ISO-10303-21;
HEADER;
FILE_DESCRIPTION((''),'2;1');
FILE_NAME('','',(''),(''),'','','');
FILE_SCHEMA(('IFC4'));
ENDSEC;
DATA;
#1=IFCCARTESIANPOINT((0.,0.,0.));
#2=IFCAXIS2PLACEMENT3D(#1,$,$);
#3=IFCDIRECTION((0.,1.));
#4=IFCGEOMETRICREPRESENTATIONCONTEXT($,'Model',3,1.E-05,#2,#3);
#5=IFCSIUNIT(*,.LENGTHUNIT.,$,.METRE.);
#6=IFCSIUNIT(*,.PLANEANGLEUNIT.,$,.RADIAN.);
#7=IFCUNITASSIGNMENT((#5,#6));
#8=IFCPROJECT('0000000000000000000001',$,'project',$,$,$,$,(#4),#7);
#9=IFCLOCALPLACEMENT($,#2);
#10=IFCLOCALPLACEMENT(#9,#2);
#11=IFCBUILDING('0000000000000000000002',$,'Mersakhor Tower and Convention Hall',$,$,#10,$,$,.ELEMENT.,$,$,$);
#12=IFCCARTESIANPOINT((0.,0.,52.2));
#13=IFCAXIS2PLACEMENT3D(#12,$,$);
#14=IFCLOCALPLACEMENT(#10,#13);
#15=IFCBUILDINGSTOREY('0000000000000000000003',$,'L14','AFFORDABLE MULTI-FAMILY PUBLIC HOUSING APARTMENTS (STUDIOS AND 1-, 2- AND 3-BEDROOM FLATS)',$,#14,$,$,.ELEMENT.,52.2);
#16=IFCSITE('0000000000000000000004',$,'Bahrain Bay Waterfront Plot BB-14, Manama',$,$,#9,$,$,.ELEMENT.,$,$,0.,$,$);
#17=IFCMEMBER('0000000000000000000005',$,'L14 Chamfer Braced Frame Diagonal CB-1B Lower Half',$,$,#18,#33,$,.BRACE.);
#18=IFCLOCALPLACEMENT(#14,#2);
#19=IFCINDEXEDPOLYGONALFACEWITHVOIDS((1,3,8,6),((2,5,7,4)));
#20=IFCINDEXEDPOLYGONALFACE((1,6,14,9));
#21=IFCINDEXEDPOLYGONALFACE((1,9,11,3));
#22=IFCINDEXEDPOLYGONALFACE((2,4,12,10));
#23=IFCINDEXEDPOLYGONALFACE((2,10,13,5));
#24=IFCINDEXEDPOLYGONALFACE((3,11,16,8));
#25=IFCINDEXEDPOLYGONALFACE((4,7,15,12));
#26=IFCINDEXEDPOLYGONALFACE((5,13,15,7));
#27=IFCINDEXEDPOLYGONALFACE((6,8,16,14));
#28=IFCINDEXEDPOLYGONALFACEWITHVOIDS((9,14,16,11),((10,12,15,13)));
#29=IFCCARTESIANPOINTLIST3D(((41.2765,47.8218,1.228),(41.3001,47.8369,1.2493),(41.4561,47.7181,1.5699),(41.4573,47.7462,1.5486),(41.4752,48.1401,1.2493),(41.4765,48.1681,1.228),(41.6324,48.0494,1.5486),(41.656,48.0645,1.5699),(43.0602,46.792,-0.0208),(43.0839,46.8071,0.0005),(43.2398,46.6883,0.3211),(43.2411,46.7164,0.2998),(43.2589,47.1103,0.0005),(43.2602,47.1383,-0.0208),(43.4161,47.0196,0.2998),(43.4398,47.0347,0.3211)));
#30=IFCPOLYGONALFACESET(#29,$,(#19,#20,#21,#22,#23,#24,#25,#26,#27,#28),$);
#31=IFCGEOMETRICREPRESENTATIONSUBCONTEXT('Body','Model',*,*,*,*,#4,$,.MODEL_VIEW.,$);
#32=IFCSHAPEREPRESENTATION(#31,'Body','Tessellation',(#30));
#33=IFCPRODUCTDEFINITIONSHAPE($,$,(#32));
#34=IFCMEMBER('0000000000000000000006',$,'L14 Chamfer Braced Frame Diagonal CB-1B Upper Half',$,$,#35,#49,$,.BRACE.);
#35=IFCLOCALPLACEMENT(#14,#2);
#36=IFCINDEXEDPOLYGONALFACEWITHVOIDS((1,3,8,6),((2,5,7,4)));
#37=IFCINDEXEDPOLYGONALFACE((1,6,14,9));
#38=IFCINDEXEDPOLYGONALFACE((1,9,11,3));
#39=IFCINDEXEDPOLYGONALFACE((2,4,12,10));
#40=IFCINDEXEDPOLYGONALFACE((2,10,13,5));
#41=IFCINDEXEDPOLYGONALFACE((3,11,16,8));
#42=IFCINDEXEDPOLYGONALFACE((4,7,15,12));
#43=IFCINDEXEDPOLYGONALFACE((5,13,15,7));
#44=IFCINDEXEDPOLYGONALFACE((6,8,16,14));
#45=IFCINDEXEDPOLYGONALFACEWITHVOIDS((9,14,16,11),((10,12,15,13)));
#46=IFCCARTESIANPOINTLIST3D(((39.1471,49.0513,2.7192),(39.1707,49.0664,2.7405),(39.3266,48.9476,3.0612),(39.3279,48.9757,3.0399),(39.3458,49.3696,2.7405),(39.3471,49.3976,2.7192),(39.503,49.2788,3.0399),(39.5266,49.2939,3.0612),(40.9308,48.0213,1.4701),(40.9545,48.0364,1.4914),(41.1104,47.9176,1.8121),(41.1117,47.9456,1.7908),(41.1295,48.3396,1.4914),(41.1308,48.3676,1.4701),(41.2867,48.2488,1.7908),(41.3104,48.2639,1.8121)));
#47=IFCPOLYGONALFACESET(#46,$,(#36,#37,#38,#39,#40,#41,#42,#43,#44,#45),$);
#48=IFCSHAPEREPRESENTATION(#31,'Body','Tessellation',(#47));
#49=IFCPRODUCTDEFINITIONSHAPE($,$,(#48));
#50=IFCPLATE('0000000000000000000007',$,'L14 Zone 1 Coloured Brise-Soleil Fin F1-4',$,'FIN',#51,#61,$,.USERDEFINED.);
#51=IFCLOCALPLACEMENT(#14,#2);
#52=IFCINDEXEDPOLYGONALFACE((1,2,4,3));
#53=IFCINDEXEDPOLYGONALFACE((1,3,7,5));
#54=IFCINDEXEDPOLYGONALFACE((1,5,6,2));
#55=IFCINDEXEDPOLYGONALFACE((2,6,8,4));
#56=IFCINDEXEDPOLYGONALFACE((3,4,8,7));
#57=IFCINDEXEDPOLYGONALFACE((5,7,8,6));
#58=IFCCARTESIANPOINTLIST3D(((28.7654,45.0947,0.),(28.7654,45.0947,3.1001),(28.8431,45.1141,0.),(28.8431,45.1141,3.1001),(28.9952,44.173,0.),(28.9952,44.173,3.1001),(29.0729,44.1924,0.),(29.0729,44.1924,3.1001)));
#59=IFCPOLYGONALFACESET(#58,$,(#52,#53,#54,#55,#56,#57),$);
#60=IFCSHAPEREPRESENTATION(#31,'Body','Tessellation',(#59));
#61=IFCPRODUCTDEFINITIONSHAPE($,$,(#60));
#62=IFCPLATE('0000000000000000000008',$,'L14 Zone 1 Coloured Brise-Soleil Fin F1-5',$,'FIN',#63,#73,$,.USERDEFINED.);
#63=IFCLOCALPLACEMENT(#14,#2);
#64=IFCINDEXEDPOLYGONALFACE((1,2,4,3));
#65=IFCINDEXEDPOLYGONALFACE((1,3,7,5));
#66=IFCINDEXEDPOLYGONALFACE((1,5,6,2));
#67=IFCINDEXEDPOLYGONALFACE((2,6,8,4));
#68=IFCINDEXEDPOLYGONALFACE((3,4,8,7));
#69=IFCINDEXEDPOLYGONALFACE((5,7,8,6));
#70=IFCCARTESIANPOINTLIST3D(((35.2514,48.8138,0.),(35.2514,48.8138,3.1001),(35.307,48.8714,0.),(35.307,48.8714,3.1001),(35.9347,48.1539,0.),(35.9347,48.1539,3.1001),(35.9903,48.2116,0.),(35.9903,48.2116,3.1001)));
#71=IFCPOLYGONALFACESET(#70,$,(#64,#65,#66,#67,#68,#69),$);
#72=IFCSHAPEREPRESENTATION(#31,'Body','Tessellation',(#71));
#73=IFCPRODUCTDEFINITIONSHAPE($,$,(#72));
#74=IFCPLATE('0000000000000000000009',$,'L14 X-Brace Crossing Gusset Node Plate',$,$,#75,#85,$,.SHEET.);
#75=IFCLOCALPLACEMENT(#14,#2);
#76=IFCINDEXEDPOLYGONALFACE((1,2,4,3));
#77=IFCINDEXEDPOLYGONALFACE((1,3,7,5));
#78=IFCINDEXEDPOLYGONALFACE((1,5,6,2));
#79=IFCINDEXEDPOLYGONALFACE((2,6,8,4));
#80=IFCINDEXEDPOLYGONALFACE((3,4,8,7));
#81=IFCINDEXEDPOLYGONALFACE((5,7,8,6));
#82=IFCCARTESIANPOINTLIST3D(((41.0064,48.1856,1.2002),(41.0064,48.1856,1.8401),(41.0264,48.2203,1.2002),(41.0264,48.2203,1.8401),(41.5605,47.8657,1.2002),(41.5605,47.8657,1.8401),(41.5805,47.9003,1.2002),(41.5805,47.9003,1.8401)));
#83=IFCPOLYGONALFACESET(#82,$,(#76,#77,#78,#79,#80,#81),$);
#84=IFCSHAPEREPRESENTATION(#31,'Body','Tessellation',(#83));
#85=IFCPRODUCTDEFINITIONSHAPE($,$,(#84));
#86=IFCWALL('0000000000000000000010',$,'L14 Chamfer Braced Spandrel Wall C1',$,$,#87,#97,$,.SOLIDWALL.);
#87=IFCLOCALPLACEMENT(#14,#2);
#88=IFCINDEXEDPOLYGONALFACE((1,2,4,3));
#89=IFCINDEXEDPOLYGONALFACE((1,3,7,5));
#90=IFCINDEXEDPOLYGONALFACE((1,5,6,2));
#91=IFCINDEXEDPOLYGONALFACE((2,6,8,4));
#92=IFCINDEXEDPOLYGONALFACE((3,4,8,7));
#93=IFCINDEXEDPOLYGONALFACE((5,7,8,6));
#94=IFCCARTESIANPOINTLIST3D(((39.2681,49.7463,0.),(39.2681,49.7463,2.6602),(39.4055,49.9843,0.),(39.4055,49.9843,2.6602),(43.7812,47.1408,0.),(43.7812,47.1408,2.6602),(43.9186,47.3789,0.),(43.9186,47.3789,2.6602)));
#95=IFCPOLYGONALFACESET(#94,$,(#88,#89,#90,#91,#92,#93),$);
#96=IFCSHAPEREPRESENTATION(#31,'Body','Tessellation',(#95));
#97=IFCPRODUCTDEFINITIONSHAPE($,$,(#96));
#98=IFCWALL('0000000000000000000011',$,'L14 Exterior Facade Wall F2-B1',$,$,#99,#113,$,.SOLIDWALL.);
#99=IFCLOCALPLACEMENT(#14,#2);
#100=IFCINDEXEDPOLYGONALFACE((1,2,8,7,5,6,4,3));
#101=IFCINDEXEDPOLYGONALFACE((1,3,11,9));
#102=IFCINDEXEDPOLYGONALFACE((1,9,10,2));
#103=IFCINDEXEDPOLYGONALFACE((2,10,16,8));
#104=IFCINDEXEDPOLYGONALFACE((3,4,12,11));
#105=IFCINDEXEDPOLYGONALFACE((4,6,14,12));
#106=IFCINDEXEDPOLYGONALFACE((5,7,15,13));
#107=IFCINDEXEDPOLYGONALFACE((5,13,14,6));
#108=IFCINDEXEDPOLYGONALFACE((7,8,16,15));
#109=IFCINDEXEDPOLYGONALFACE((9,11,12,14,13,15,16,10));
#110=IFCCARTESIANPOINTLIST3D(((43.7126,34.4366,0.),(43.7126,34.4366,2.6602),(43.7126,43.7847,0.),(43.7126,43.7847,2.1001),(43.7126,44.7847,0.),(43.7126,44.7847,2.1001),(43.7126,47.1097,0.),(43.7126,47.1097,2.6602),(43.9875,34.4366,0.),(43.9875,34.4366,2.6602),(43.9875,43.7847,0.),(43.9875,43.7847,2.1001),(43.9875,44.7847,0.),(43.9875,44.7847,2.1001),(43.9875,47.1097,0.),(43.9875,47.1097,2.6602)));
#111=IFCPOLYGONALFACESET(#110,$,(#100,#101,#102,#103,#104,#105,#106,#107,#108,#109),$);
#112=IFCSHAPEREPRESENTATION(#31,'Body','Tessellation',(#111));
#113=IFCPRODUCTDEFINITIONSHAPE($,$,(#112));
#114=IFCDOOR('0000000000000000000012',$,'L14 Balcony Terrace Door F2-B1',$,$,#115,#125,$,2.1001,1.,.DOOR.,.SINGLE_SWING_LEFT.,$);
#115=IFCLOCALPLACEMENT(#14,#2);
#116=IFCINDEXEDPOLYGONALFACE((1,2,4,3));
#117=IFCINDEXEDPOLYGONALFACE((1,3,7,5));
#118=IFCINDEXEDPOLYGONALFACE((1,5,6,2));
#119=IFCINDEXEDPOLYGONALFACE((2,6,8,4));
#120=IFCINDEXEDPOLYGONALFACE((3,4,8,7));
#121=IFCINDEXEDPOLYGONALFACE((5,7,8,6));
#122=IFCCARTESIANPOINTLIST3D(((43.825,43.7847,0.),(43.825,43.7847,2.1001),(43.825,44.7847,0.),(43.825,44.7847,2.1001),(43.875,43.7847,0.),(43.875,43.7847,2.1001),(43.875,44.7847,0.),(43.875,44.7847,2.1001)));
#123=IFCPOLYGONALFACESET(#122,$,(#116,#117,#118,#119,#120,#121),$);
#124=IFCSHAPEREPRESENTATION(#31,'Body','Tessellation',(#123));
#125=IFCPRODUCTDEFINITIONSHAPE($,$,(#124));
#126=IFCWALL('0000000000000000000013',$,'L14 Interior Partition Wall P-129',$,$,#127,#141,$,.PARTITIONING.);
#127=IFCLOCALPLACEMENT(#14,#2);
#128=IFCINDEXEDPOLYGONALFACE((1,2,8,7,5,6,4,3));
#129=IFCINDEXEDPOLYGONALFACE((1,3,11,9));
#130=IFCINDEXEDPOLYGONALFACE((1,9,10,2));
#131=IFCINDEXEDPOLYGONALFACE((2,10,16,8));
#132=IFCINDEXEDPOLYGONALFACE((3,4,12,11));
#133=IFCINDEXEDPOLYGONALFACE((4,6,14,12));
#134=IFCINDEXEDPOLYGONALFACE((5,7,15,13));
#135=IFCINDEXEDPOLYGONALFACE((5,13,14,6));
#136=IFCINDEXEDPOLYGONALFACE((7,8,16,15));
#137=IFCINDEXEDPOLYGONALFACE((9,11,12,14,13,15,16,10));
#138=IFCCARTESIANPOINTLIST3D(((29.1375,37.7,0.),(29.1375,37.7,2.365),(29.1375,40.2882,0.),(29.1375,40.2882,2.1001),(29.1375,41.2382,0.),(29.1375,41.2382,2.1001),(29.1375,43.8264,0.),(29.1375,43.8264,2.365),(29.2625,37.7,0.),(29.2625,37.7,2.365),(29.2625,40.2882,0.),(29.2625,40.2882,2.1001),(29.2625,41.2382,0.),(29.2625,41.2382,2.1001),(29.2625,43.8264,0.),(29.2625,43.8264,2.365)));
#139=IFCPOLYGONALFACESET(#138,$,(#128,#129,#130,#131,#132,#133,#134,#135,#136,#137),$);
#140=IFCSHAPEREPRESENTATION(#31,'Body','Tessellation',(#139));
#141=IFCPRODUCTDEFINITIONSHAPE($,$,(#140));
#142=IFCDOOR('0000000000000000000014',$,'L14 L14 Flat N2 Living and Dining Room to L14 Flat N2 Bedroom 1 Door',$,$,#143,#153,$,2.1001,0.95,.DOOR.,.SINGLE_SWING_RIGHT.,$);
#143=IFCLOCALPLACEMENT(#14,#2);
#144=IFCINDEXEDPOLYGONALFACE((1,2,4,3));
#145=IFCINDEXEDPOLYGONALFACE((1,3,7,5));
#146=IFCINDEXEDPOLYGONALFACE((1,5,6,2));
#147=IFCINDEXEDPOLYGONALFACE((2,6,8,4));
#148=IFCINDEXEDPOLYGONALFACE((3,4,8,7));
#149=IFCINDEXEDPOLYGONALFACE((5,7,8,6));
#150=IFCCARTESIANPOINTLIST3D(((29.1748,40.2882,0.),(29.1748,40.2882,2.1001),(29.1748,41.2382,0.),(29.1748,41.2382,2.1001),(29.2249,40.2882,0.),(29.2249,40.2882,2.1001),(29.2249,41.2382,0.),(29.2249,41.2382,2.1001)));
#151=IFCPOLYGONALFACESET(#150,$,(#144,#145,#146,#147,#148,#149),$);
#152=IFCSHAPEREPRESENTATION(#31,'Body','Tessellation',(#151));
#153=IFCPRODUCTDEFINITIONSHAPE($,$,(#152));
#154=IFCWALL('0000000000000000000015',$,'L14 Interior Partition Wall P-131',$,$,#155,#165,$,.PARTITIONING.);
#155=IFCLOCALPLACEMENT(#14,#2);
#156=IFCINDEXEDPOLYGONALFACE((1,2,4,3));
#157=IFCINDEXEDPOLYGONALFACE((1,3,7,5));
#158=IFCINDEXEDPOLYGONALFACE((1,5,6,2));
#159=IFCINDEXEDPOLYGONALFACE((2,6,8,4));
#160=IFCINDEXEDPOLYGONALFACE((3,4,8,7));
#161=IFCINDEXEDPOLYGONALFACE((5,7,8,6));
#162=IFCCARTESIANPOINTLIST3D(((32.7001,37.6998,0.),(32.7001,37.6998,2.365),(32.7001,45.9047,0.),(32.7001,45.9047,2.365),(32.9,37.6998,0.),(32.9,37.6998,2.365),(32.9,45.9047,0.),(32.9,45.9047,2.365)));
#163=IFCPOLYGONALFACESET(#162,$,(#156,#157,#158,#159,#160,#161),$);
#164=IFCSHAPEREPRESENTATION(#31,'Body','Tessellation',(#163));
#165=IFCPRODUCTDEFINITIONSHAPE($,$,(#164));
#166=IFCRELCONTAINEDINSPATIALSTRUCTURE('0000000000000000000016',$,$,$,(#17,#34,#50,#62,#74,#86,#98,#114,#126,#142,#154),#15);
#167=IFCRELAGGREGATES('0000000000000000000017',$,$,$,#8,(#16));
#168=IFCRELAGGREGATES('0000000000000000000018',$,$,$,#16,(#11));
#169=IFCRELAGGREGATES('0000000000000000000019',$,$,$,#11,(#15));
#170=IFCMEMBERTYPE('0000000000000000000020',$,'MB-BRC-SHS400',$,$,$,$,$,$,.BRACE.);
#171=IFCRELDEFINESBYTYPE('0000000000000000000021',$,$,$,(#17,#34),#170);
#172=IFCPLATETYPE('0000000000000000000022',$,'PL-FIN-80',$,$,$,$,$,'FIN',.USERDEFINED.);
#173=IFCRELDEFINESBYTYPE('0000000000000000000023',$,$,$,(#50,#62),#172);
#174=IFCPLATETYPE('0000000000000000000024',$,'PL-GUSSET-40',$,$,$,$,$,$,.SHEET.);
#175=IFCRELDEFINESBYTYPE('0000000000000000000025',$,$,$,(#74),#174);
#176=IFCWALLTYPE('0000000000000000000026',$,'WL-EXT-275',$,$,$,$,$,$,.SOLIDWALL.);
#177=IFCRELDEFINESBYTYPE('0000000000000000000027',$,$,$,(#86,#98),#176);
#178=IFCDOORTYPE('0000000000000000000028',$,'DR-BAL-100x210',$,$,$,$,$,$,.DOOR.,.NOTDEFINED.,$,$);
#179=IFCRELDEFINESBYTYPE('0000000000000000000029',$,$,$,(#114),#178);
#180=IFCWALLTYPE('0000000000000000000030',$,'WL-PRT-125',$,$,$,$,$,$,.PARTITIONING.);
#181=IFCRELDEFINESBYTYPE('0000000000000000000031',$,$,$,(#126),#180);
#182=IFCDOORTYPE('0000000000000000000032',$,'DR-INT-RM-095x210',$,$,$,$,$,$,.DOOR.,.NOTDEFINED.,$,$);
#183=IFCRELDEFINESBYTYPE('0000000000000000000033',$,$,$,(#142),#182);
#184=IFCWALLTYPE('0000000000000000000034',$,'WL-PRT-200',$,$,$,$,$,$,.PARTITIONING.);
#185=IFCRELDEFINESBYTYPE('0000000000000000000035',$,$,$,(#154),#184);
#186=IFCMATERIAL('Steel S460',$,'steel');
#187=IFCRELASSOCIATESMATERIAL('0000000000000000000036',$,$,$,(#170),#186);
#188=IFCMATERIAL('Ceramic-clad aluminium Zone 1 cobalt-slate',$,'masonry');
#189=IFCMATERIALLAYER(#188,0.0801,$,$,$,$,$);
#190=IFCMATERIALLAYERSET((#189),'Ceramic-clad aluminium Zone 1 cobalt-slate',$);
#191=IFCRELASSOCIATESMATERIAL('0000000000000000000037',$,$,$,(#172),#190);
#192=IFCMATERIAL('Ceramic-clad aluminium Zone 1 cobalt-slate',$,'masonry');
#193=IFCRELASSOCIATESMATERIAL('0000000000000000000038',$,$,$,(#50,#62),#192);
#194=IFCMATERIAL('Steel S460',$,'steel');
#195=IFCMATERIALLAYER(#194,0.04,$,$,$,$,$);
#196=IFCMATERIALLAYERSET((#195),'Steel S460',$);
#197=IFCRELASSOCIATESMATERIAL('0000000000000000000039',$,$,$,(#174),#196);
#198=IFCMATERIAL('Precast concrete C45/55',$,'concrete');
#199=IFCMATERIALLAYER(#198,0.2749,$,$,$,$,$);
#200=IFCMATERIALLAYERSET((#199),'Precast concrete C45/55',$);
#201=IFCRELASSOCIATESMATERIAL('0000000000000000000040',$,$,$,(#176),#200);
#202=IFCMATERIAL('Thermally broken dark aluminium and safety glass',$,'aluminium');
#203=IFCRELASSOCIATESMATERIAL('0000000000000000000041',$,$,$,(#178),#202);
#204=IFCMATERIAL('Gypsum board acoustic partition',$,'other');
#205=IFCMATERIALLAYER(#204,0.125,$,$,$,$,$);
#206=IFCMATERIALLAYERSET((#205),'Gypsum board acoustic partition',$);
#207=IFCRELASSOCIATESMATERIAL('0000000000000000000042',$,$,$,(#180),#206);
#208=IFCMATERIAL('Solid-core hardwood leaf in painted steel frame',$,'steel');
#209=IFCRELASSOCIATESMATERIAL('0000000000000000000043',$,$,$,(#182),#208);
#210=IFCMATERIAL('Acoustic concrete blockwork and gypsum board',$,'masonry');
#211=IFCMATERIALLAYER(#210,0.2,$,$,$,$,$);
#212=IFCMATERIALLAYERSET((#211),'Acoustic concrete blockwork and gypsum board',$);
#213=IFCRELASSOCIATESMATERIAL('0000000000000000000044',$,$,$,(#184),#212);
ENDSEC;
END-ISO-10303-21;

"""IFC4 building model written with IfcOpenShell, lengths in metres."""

from ifc_helpers import new_model, si_unit, direction, frame, frame_2d, origin, origin_2d, place, context, subcontext, project, spatial, rectangle, hollow_rectangle, extrude, material, layer, layer_set, material_profile, profile_set, type_object, element, fill, save


model = new_model("IFC4")

# Units and contexts
model_context = context("Model", 3, precision=1e-05, world=origin(), true_north=direction((0.0, 1.0)))
body_context = subcontext(model_context, "Body", "Model", "MODEL_VIEW")
ifc_project = project(units=[si_unit("LENGTHUNIT", "METRE"), si_unit("PLANEANGLEUNIT", "RADIAN")], contexts=[model_context])

# Site, building, storey
site_placement = place(None, origin())
site = spatial("IfcSite", under=ifc_project, at=site_placement, Name="Bahrain Bay Waterfront Plot BB-14, Manama", CompositionType="ELEMENT", RefElevation=0.0)
building_placement = place(site_placement, origin())
building = spatial("IfcBuilding", under=site, at=building_placement, Name="Mersakhor Tower and Convention Hall", CompositionType="ELEMENT")
storey_placement = place(building_placement, frame((0.0, 0.0, 52.2)))
storey = spatial("IfcBuildingStorey", under=building, at=storey_placement, Name="L14", Description="AFFORDABLE MULTI-FAMILY PUBLIC HOUSING APARTMENTS (STUDIOS AND 1-, 2- AND 3-BEDROOM FLATS)", CompositionType="ELEMENT", Elevation=52.2)

# Members
ifc_material_1 = material(Name="Steel S460", Category="steel")
ifc_material_profile_1 = material_profile(ifc_material_1, hollow_rectangle(XDim=0.3999, YDim=0.3999, WallThickness=0.0249, at=origin_2d()), Name="SHS 400x400x25")
ifc_profile_set_1 = profile_set([ifc_material_profile_1], Name="Steel S460")
member_type = type_object("IfcMemberType", Name="MB-BRC-SHS400", PredefinedType="BRACE", material=ifc_profile_set_1)
member_1_placement = place(storey_placement, frame((43.25, 46.9133, 0.1501), z_axis=(-0.740544, 0.427541, 0.518462), x_axis=(-0.499989, -0.866032, 0.0)))
element("IfcMember", 1, at=member_1_placement, inside=storey, type_object=member_type, Name="L14 Chamfer Braced Frame Diagonal CB-1B Lower Half", PredefinedType="BRACE", context=body_context, shape_type="SweptSolid", body=[
    extrude(hollow_rectangle(XDim=0.3999, YDim=0.3999, WallThickness=0.0249, at=origin_2d()), origin(), (0.0, 0.0, 1.0), 2.4087),
])
member_2_placement = place(storey_placement, frame((41.1206, 48.1426, 1.6411), z_axis=(-0.740473, 0.427601, 0.518514), x_axis=(-0.500078, -0.86598, 0.0)))
element("IfcMember", 2, at=member_2_placement, inside=storey, type_object=member_type, Name="L14 Chamfer Braced Frame Diagonal CB-1B Upper Half", PredefinedType="BRACE", context=body_context, shape_type="SweptSolid", body=[
    extrude(hollow_rectangle(XDim=0.3999, YDim=0.3999, WallThickness=0.0249, at=origin_2d()), origin(), (0.0, 0.0, 1.0), 2.4089),
])

# Plates
ifc_material_2 = material(Name="Ceramic-clad aluminium Zone 1 cobalt-slate", Category="masonry")
ifc_material_3 = material(Name="Ceramic-clad aluminium Zone 1 cobalt-slate", Category="masonry")
ifc_layer_1 = layer(ifc_material_3, 0.0801)
ifc_layer_set_1 = layer_set([ifc_layer_1], Name="Ceramic-clad aluminium Zone 1 cobalt-slate")
plate_type_1 = type_object("IfcPlateType", Name="PL-FIN-80", ElementType="FIN", PredefinedType="USERDEFINED", material=ifc_layer_set_1)
for number, where, z_axis, x_axis, name in (
    (3, (28.9192, 44.6436, 0.0), (0.0, 0.0, 1.0), (-0.241922, 0.970296, 0.0), "L14 Zone 1 Coloured Brise-Soleil Fin F1-4"),
    (4, (35.6208, 48.5127, 0.0), (0.0, 0.0, 1.0), (-0.71934, 0.694658, 0.0), "L14 Zone 1 Coloured Brise-Soleil Fin F1-5"),
):
    element("IfcPlate", number, at=place(storey_placement, frame(where, z_axis=z_axis, x_axis=x_axis)), inside=storey, type_object=plate_type_1, material=ifc_material_2, Name=name, ObjectType="FIN", PredefinedType="USERDEFINED", context=body_context, shape_type="SweptSolid", body=[
        extrude(rectangle(XDim=0.95, YDim=0.0801, at=origin_2d()), origin(), (0.0, 0.0, 1.0), 3.1001),
    ])
ifc_material_4 = material(Name="Steel S460", Category="steel")
ifc_layer_2 = layer(ifc_material_4, 0.04)
ifc_layer_set_2 = layer_set([ifc_layer_2], Name="Steel S460")
plate_type_2 = type_object("IfcPlateType", Name="PL-GUSSET-40", PredefinedType="SHEET", material=ifc_layer_set_2)
plate_placement = place(storey_placement, frame((41.2935, 48.043, 1.2002), z_axis=(0.0, 0.0, 1.0), x_axis=(-0.866025, 0.5, 0.0)))
element("IfcPlate", 5, at=plate_placement, inside=storey, type_object=plate_type_2, Name="L14 X-Brace Crossing Gusset Node Plate", PredefinedType="SHEET", context=body_context, shape_type="SweptSolid", body=[
    extrude(rectangle(XDim=0.6399, YDim=0.04, at=origin_2d()), origin(), (0.0, 0.0, 1.0), 0.6399),
])

# Wall
ifc_material_5 = material(Name="Precast concrete C45/55", Category="concrete")
ifc_layer_3 = layer(ifc_material_5, 0.2749)
ifc_layer_set_3 = layer_set([ifc_layer_3], Name="Precast concrete C45/55")
wall_type_1 = type_object("IfcWallType", Name="WL-EXT-275", PredefinedType="SOLIDWALL", material=ifc_layer_set_3)
wall_1_placement = place(storey_placement, frame((39.3369, 49.8652, 0.0), z_axis=(0.0, 0.0, 1.0), x_axis=(0.866044, -0.499968, 0.0)))
element("IfcWall", 6, at=wall_1_placement, inside=storey, type_object=wall_type_1, Name="L14 Chamfer Braced Spandrel Wall C1", PredefinedType="SOLIDWALL", context=body_context, shape_type="SweptSolid", body=[
    extrude(rectangle(XDim=5.2112, YDim=0.2749, at=frame_2d((2.6055, 0.0))), origin(), (0.0, 0.0, 1.0), 2.6602),
])

# Walls, openings, doors
wall_2_placement = place(storey_placement, frame((43.8501, 47.1096, 0.0), z_axis=(0.0, 0.0, 1.0), x_axis=(0.0, -1.0, 0.0)))
wall_2 = element("IfcWall", 7, at=wall_2_placement, inside=storey, type_object=wall_type_1, Name="L14 Exterior Facade Wall F2-B1", PredefinedType="SOLIDWALL", context=body_context, shape_type="SweptSolid", body=[
    extrude(rectangle(XDim=12.6731, YDim=0.2749, at=frame_2d((6.3364, 0.0))), origin(), (0.0, 0.0, 1.0), 2.6602),
])
opening_1_placement = place(wall_2_placement, frame((2.325, 0.0, 0.0)))
opening_1 = element("IfcOpeningElement", 8, at=opening_1_placement, cuts=wall_2, PredefinedType="OPENING", context=body_context, shape_type="SweptSolid", body=[
    extrude(rectangle(XDim=1.0, YDim=2.1001, at=frame_2d((0.5, 1.05))), frame((0.0, 0.1475, 0.0), z_axis=(0.0, -1.0, 0.0), x_axis=(1.0, 0.0, 0.0)), (0.0, 0.0, 1.0), 0.2949),
])
ifc_material_6 = material(Name="Thermally broken dark aluminium and safety glass", Category="aluminium")
door_type_1 = type_object("IfcDoorType", Name="DR-BAL-100x210", OperationType="NOTDEFINED", PredefinedType="DOOR", material=ifc_material_6)
door_1_placement = place(opening_1_placement, origin())
door_1 = element("IfcDoor", 9, at=door_1_placement, inside=storey, type_object=door_type_1, Name="L14 Balcony Terrace Door F2-B1", OperationType="SINGLE_SWING_LEFT", OverallHeight=2.1001, OverallWidth=1.0, PredefinedType="DOOR", context=body_context, shape_type="SweptSolid", body=[
    extrude(rectangle(XDim=1.0, YDim=2.1001, at=frame_2d((0.5, 1.05))), frame((0.0, 0.0249, 0.0), z_axis=(0.0, -1.0, 0.0), x_axis=(1.0, 0.0, 0.0)), (0.0, 0.0, 1.0), 0.05),
])
fill(opening_1, door_1)
ifc_material_7 = material(Name="Gypsum board acoustic partition", Category="other")
ifc_layer_4 = layer(ifc_material_7, 0.125)
ifc_layer_set_4 = layer_set([ifc_layer_4], Name="Gypsum board acoustic partition")
wall_type_2 = type_object("IfcWallType", Name="WL-PRT-125", PredefinedType="PARTITIONING", material=ifc_layer_set_4)
wall_3_placement = place(storey_placement, frame((29.2, 43.8264, 0.0), z_axis=(0.0, 0.0, 1.0), x_axis=(0.0, -1.0, 0.0)))
wall_3 = element("IfcWall", 10, at=wall_3_placement, inside=storey, type_object=wall_type_2, Name="L14 Interior Partition Wall P-129", PredefinedType="PARTITIONING", context=body_context, shape_type="SweptSolid", body=[
    extrude(rectangle(XDim=6.1265, YDim=0.125, at=frame_2d((3.0632, 0.0))), origin(), (0.0, 0.0, 1.0), 2.365),
])
opening_2_placement = place(wall_3_placement, frame((2.5881, 0.0, 0.0)))
opening_2 = element("IfcOpeningElement", 11, at=opening_2_placement, cuts=wall_3, PredefinedType="OPENING", context=body_context, shape_type="SweptSolid", body=[
    extrude(rectangle(XDim=0.95, YDim=2.1001, at=frame_2d((0.4751, 1.05))), frame((0.0, 0.0725, 0.0), z_axis=(0.0, -1.0, 0.0), x_axis=(1.0, 0.0, 0.0)), (0.0, 0.0, 1.0), 0.145),
])
ifc_material_8 = material(Name="Solid-core hardwood leaf in painted steel frame", Category="steel")
door_type_2 = type_object("IfcDoorType", Name="DR-INT-RM-095x210", OperationType="NOTDEFINED", PredefinedType="DOOR", material=ifc_material_8)
door_2_placement = place(opening_2_placement, origin())
door_2 = element("IfcDoor", 12, at=door_2_placement, inside=storey, type_object=door_type_2, Name="L14 L14 Flat N2 Living and Dining Room to L14 Flat N2 Bedroom 1 Door", OperationType="SINGLE_SWING_RIGHT", OverallHeight=2.1001, OverallWidth=0.95, PredefinedType="DOOR", context=body_context, shape_type="SweptSolid", body=[
    extrude(rectangle(XDim=0.95, YDim=2.1001, at=frame_2d((0.4751, 1.05))), frame((0.0, 0.0249, 0.0), z_axis=(0.0, -1.0, 0.0), x_axis=(1.0, 0.0, 0.0)), (0.0, 0.0, 1.0), 0.05),
])
fill(opening_2, door_2)

# Wall
ifc_material_9 = material(Name="Acoustic concrete blockwork and gypsum board", Category="masonry")
ifc_layer_5 = layer(ifc_material_9, 0.2)
ifc_layer_set_5 = layer_set([ifc_layer_5], Name="Acoustic concrete blockwork and gypsum board")
wall_type_3 = type_object("IfcWallType", Name="WL-PRT-200", PredefinedType="PARTITIONING", material=ifc_layer_set_5)
wall_4_placement = place(storey_placement, frame((32.8, 45.9048, 0.0), z_axis=(0.0, 0.0, 1.0), x_axis=(0.0, -1.0, 0.0)))
element("IfcWall", 13, at=wall_4_placement, inside=storey, type_object=wall_type_3, Name="L14 Interior Partition Wall P-131", PredefinedType="PARTITIONING", context=body_context, shape_type="SweptSolid", body=[
    extrude(rectangle(XDim=8.2048, YDim=0.2, at=frame_2d((4.1025, 0.0))), origin(), (0.0, 0.0, 1.0), 2.365),
])

save(model, "model.ifc")
